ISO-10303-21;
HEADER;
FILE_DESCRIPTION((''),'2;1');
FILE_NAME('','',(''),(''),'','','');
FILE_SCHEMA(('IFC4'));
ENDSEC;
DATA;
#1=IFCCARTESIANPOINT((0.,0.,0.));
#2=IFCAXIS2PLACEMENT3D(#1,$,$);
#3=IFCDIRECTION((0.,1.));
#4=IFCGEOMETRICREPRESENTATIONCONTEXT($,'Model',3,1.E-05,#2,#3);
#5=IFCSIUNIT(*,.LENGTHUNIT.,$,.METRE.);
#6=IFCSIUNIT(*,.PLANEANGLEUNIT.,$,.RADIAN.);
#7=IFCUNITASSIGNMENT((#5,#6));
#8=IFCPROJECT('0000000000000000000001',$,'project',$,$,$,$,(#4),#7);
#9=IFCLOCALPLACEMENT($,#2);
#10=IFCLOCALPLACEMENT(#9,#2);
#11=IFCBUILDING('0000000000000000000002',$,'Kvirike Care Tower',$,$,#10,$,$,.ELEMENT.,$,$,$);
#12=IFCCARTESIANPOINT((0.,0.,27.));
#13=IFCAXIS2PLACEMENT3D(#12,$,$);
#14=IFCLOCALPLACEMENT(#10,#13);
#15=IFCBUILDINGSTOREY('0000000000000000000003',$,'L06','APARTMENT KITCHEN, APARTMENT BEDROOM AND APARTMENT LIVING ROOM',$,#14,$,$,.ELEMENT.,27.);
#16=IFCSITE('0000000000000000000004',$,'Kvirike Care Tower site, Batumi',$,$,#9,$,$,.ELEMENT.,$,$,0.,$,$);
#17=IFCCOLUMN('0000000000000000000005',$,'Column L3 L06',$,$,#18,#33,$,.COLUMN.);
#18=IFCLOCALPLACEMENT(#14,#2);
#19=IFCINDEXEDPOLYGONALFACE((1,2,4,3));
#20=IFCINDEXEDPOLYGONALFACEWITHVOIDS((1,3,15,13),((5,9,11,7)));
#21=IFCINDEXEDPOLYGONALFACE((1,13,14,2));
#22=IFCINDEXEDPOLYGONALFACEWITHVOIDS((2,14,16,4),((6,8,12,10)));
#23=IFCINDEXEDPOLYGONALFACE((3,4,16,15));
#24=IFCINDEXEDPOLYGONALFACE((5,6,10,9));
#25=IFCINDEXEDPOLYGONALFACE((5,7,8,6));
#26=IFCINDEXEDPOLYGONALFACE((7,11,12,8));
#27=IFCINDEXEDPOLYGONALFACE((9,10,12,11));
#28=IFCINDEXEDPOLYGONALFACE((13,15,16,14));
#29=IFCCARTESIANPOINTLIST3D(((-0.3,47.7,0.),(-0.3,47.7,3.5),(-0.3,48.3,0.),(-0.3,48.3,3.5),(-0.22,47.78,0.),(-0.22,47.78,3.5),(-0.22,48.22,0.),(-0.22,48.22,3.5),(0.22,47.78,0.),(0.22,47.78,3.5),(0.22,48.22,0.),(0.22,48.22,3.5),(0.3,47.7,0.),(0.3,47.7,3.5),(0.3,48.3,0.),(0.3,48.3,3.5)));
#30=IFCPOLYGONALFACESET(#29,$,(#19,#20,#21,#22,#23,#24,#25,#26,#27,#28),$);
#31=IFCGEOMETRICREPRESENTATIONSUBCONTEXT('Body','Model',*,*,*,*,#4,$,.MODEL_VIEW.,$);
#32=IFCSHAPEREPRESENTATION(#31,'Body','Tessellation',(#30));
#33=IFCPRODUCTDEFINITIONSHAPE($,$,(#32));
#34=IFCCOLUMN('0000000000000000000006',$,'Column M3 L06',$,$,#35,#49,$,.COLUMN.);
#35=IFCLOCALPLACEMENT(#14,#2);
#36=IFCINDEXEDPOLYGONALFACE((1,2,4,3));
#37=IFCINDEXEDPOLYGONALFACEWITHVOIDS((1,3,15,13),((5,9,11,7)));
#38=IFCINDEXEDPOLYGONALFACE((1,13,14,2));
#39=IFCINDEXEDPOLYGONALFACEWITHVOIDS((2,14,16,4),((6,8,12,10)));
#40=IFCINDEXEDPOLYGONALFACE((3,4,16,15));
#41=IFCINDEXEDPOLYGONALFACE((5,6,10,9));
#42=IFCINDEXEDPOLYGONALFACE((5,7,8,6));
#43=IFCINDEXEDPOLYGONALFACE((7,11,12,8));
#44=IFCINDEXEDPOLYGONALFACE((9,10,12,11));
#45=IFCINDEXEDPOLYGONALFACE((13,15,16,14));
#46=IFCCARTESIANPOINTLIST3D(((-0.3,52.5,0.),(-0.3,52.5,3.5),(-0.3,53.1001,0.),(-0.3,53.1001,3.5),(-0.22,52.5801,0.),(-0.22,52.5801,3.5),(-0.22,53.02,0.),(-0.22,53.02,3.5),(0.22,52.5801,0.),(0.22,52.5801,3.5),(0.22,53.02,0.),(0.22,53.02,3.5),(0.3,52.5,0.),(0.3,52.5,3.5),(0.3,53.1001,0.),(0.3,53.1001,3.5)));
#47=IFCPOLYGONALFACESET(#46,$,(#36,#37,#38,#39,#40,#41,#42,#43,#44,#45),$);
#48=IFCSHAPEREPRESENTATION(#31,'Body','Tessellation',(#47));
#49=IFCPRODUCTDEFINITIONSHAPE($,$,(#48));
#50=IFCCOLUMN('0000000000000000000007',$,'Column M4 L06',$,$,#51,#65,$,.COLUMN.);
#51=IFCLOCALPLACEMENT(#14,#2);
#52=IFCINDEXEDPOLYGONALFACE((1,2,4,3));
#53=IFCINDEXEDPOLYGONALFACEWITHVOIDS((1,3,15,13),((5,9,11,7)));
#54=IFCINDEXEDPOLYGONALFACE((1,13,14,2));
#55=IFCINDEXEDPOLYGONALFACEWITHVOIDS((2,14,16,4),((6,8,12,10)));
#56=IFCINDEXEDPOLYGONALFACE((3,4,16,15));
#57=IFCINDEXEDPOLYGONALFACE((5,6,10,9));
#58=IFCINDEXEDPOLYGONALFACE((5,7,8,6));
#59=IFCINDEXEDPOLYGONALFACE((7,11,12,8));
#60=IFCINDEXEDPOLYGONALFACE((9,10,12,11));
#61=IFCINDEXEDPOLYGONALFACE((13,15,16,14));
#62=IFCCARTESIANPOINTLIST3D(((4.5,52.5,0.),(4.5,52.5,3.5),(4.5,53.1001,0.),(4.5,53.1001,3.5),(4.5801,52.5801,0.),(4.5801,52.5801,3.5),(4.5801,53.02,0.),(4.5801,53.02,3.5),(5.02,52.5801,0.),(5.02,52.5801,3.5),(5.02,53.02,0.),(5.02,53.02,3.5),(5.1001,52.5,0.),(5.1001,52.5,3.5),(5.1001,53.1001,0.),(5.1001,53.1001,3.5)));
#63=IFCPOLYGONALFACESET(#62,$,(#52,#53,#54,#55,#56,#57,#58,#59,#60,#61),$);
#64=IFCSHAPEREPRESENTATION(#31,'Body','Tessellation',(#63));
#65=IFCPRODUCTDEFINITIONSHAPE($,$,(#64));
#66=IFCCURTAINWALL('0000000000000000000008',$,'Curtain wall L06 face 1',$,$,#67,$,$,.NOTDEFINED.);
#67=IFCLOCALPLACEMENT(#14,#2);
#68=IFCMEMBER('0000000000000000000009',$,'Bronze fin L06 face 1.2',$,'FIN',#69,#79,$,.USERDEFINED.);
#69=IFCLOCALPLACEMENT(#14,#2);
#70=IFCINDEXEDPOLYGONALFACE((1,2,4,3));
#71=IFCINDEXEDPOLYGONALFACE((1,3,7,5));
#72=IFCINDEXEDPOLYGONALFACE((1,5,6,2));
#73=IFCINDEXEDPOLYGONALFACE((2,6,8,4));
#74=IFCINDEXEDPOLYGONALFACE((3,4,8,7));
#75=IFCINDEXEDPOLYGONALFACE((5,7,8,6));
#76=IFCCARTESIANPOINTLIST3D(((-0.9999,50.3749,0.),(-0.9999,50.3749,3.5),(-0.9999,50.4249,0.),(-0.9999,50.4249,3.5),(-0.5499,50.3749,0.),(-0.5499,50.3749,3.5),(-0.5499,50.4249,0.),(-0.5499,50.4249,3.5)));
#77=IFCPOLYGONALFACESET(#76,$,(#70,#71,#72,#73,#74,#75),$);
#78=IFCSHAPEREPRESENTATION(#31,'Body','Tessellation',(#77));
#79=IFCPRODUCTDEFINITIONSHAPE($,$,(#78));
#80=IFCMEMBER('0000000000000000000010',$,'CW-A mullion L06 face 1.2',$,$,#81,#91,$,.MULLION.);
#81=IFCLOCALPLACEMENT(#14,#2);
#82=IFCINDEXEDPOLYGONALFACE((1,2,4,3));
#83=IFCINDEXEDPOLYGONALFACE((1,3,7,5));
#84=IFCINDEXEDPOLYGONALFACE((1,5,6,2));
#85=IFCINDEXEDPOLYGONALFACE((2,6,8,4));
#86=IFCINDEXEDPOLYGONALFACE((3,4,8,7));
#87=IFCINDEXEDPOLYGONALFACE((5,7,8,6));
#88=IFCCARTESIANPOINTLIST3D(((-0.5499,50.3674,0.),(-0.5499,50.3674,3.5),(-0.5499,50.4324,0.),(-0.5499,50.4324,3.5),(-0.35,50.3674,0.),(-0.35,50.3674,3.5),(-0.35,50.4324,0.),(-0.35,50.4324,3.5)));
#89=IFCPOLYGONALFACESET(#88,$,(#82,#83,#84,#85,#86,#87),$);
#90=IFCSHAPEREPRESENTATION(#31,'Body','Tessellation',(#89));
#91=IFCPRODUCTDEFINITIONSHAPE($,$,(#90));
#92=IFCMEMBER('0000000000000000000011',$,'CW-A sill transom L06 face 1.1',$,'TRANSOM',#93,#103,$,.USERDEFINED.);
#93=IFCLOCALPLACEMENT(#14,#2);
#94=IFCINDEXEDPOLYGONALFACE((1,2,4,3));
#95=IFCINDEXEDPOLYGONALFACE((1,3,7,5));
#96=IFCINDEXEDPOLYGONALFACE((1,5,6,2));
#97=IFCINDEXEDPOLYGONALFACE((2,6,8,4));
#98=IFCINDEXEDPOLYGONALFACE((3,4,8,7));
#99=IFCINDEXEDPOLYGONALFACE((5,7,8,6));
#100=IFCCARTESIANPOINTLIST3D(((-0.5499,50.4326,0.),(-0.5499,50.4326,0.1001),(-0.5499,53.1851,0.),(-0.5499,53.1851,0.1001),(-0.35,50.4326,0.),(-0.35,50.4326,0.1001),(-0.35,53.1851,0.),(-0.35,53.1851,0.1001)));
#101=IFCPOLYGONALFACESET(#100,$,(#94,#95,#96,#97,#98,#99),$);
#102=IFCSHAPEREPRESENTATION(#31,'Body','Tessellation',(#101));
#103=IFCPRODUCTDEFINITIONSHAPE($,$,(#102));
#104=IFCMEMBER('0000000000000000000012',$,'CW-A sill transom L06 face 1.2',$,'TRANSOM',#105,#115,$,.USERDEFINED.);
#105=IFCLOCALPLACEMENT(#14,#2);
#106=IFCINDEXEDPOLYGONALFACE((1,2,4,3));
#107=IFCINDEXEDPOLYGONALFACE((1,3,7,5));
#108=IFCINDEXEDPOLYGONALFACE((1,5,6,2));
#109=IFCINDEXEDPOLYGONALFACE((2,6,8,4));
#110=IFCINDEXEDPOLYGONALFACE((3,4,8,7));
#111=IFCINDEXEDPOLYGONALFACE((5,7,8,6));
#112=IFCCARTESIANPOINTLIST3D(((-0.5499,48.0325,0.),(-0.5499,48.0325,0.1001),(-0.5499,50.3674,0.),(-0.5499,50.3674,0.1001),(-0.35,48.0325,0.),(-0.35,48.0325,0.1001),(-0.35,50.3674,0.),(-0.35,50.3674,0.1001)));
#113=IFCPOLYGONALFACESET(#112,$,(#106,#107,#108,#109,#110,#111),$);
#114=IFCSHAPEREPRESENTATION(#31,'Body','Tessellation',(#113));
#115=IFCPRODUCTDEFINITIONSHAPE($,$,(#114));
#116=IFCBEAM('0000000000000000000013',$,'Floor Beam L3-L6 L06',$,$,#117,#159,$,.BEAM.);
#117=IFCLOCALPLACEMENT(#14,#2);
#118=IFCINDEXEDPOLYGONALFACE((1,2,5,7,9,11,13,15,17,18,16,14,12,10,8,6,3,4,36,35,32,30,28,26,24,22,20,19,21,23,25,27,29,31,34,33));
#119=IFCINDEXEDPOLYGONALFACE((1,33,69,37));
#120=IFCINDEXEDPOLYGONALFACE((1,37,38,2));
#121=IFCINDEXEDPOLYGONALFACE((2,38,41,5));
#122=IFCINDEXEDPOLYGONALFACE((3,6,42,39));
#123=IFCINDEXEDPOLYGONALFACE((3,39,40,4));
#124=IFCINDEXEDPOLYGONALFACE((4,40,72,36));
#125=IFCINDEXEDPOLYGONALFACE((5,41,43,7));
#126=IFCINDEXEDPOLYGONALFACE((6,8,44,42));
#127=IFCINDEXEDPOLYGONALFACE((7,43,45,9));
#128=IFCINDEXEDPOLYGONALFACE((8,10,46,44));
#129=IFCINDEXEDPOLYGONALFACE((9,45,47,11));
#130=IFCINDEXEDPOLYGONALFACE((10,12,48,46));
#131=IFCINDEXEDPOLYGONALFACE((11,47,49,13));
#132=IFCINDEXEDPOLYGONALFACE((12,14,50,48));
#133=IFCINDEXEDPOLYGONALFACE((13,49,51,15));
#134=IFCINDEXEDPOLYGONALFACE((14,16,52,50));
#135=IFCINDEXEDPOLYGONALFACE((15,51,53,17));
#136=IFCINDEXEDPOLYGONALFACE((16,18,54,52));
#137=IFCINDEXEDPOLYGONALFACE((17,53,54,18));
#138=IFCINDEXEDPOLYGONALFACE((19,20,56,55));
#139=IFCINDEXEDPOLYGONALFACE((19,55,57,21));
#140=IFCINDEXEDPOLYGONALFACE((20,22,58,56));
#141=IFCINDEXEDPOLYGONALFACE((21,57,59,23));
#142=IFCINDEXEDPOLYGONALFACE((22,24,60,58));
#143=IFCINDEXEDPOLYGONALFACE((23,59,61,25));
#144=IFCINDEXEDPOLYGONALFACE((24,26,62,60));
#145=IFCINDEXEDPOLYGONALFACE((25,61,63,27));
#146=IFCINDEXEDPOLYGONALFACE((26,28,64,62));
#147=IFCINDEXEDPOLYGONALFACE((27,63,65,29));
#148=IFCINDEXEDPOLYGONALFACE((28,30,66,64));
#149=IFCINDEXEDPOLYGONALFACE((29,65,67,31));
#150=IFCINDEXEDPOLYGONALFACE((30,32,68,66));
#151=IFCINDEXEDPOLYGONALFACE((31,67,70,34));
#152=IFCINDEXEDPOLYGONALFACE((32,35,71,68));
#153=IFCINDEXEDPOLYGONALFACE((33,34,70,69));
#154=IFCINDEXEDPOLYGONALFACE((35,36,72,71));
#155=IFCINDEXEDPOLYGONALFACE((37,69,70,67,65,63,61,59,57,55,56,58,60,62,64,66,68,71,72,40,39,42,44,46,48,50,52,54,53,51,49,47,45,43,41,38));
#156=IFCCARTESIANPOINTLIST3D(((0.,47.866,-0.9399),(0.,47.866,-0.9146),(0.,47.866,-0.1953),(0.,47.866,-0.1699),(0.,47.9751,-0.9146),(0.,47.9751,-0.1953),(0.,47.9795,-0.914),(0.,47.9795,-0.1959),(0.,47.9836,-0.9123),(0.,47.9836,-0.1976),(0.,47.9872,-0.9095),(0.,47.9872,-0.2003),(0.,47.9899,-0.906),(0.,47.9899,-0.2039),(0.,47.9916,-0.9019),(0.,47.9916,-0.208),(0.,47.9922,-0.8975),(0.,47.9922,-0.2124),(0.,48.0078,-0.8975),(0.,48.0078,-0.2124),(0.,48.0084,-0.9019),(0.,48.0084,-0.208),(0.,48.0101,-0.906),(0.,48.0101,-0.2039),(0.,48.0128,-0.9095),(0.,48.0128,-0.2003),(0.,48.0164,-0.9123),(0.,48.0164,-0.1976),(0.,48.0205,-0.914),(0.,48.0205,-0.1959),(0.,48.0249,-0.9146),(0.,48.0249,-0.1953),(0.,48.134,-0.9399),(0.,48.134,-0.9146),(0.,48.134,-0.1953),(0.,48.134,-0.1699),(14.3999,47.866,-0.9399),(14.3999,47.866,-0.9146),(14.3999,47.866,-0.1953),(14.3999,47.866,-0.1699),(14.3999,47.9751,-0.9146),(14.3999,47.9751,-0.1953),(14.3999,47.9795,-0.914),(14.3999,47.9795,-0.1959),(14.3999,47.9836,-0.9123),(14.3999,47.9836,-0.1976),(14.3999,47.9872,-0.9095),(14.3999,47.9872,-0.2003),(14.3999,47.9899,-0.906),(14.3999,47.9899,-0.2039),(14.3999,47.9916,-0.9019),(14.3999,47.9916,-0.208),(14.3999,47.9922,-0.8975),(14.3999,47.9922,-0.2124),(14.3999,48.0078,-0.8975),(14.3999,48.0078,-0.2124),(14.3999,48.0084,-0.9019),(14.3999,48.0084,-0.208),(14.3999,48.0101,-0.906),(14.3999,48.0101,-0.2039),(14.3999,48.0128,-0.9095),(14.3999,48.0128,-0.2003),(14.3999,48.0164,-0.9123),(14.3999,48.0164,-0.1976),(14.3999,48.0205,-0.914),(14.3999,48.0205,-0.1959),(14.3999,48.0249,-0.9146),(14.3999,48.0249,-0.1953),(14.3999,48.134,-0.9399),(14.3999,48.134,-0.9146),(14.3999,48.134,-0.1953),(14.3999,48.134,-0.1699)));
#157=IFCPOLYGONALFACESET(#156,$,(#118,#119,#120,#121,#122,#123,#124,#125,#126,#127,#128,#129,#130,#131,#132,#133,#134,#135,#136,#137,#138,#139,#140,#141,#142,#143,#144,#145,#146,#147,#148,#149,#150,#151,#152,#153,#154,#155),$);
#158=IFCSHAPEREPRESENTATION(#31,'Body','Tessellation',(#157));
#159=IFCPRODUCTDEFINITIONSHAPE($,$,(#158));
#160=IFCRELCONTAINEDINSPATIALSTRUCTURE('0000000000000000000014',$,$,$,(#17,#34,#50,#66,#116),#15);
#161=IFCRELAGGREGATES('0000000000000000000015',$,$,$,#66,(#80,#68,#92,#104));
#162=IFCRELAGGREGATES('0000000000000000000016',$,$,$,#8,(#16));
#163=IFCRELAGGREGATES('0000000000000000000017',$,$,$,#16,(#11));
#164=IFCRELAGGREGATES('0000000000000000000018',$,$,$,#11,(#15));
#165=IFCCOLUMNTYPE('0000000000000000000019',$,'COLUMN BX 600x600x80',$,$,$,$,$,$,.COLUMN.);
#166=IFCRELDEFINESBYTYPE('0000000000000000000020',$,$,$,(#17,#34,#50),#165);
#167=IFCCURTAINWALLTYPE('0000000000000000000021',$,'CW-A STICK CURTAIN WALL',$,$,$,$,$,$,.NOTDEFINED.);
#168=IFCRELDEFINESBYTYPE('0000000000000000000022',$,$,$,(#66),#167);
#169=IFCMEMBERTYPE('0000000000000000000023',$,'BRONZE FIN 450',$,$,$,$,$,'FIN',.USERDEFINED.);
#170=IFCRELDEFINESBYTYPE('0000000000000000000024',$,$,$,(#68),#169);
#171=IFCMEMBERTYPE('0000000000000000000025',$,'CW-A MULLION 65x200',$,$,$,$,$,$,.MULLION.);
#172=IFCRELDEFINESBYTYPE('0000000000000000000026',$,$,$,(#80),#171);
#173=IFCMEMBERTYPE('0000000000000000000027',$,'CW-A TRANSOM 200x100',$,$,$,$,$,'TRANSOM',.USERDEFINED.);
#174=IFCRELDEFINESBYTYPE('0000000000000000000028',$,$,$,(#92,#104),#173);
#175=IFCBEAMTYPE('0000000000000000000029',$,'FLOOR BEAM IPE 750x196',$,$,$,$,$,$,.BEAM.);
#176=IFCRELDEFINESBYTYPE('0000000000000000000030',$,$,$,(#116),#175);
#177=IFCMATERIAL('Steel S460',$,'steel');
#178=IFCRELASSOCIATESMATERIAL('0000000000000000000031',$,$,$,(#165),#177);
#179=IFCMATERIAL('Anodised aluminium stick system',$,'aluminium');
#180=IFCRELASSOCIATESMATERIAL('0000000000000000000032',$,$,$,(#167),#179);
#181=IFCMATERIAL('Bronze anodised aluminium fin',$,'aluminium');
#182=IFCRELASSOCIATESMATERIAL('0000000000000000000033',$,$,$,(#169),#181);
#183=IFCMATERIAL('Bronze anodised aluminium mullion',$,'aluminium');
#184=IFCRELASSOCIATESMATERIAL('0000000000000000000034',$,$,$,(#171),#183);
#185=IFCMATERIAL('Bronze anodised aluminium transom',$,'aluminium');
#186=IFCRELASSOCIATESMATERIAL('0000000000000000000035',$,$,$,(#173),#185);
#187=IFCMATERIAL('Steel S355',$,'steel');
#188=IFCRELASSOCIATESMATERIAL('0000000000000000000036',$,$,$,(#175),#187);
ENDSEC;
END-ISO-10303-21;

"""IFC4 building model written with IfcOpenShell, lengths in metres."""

from ifc_helpers import new_model, si_unit, direction, frame, origin, origin_2d, place, context, subcontext, project, spatial, rectangle, hollow_rectangle, i_section, extrude, material, material_profile, profile_set, type_object, element, aggregate, save


model = new_model("IFC4")

# Units and contexts
model_context = context("Model", 3, precision=1e-05, world=origin(), true_north=direction((0.0, 1.0)))
body_context = subcontext(model_context, "Body", "Model", "MODEL_VIEW")
ifc_project = project(units=[si_unit("LENGTHUNIT", "METRE"), si_unit("PLANEANGLEUNIT", "RADIAN")], contexts=[model_context])

# Site, building, storey
site_placement = place(None, origin())
site = spatial("IfcSite", under=ifc_project, at=site_placement, Name="Kvirike Care Tower site, Batumi", CompositionType="ELEMENT", RefElevation=0.0)
building_placement = place(site_placement, origin())
building = spatial("IfcBuilding", under=site, at=building_placement, Name="Kvirike Care Tower", CompositionType="ELEMENT")
storey_placement = place(building_placement, frame((0.0, 0.0, 27.0)))
storey = spatial("IfcBuildingStorey", under=building, at=storey_placement, Name="L06", Description="APARTMENT KITCHEN, APARTMENT BEDROOM AND APARTMENT LIVING ROOM", CompositionType="ELEMENT", Elevation=27.0)

# Columns
ifc_material_1 = material(Name="Steel S460", Category="steel")
ifc_material_profile_1 = material_profile(ifc_material_1, hollow_rectangle(XDim=0.6001, YDim=0.6001, WallThickness=0.0801, at=origin_2d()), Name="BX 600x600x80")
ifc_profile_set_1 = profile_set([ifc_material_profile_1], Name="Steel S460")
column_type = type_object("IfcColumnType", Name="COLUMN BX 600x600x80", PredefinedType="COLUMN", material=ifc_profile_set_1)
for number, where, z_axis, x_axis, name in (
    (1, (0.0, 48.0, 0.0), (0.0, 0.0, 1.0), (1.0, 0.0, 0.0), "Column L3 L06"),
    (2, (0.0, 52.8, 0.0), (0.0, 0.0, 1.0), (0.0, 1.0, 0.0), "Column M3 L06"),
    (3, (4.8, 52.8, 0.0), (0.0, 0.0, 1.0), (0.0, 1.0, 0.0), "Column M4 L06"),
):
    element("IfcColumn", number, at=place(storey_placement, frame(where, z_axis=z_axis, x_axis=x_axis)), inside=storey, type_object=column_type, Name=name, PredefinedType="COLUMN", context=body_context, shape_type="SweptSolid", body=[
        extrude(hollow_rectangle(XDim=0.6001, YDim=0.6001, WallThickness=0.0801, at=origin_2d()), origin(), (0.0, 0.0, 1.0), 3.5),
    ])

# Curtain wall, members
ifc_material_2 = material(Name="Anodised aluminium stick system", Category="aluminium")
curtain_wall_type = type_object("IfcCurtainWallType", Name="CW-A STICK CURTAIN WALL", PredefinedType="NOTDEFINED", material=ifc_material_2)
curtain_wall_placement = place(storey_placement, origin())
curtain_wall = element("IfcCurtainWall", 4, at=curtain_wall_placement, inside=storey, type_object=curtain_wall_type, Name="Curtain wall L06 face 1", PredefinedType="NOTDEFINED")
ifc_material_3 = material(Name="Bronze anodised aluminium fin", Category="aluminium")
ifc_material_profile_2 = material_profile(ifc_material_3, rectangle(XDim=0.05, YDim=0.45, at=origin_2d()), Name="BRONZE FIN 450")
ifc_profile_set_2 = profile_set([ifc_material_profile_2], Name="Bronze anodised aluminium fin")
member_type_1 = type_object("IfcMemberType", Name="BRONZE FIN 450", ElementType="FIN", PredefinedType="USERDEFINED", material=ifc_profile_set_2)
member_1_placement = place(storey_placement, frame((-0.7749, 50.3999, 0.0), z_axis=(0.0, 0.0, 1.0), x_axis=(0.0, -1.0, 0.0)))
member_1 = element("IfcMember", 5, at=member_1_placement, type_object=member_type_1, Name="Bronze fin L06 face 1.2", ObjectType="FIN", PredefinedType="USERDEFINED", context=body_context, shape_type="SweptSolid", body=[
    extrude(rectangle(XDim=0.05, YDim=0.45, at=origin_2d()), origin(), (0.0, 0.0, 1.0), 3.5),
])
ifc_material_4 = material(Name="Bronze anodised aluminium mullion", Category="aluminium")
ifc_material_profile_3 = material_profile(ifc_material_4, rectangle(XDim=0.0649, YDim=0.2, at=origin_2d()), Name="CW-A MULLION 65x200")
ifc_profile_set_3 = profile_set([ifc_material_profile_3], Name="Bronze anodised aluminium mullion")
member_type_2 = type_object("IfcMemberType", Name="CW-A MULLION 65x200", PredefinedType="MULLION", material=ifc_profile_set_3)
member_2_placement = place(storey_placement, frame((-0.45, 50.3999, 0.0), z_axis=(0.0, 0.0, 1.0), x_axis=(0.0, -1.0, 0.0)))
member_2 = element("IfcMember", 6, at=member_2_placement, type_object=member_type_2, Name="CW-A mullion L06 face 1.2", PredefinedType="MULLION", context=body_context, shape_type="SweptSolid", body=[
    extrude(rectangle(XDim=0.0649, YDim=0.2, at=origin_2d()), origin(), (0.0, 0.0, 1.0), 3.5),
])
ifc_material_5 = material(Name="Bronze anodised aluminium transom", Category="aluminium")
ifc_material_profile_4 = material_profile(ifc_material_5, rectangle(XDim=0.2, YDim=0.1001, at=origin_2d()), Name="CW-A TRANSOM 200x100")
ifc_profile_set_4 = profile_set([ifc_material_profile_4], Name="Bronze anodised aluminium transom")
member_type_3 = type_object("IfcMemberType", Name="CW-A TRANSOM 200x100", ElementType="TRANSOM", PredefinedType="USERDEFINED", material=ifc_profile_set_4)
member_3_placement = place(storey_placement, frame((-0.45, 53.1851, 0.05), z_axis=(0.0, -1.0, 0.0), x_axis=(1.0, 0.0, 0.0)))
member_3 = element("IfcMember", 7, at=member_3_placement, type_object=member_type_3, Name="CW-A sill transom L06 face 1.1", ObjectType="TRANSOM", PredefinedType="USERDEFINED", context=body_context, shape_type="SweptSolid", body=[
    extrude(rectangle(XDim=0.2, YDim=0.1001, at=origin_2d()), origin(), (0.0, 0.0, 1.0), 2.7524),
])
member_4_placement = place(storey_placement, frame((-0.45, 50.3674, 0.05), z_axis=(0.0, -1.0, 0.0), x_axis=(1.0, 0.0, 0.0)))
member_4 = element("IfcMember", 8, at=member_4_placement, type_object=member_type_3, Name="CW-A sill transom L06 face 1.2", ObjectType="TRANSOM", PredefinedType="USERDEFINED", context=body_context, shape_type="SweptSolid", body=[
    extrude(rectangle(XDim=0.2, YDim=0.1001, at=origin_2d()), origin(), (0.0, 0.0, 1.0), 2.335),
])

# Beam
ifc_material_6 = material(Name="Steel S355", Category="steel")
ifc_material_profile_5 = material_profile(ifc_material_6, i_section(OverallWidth=0.2681, OverallDepth=0.77, WebThickness=0.0156, FlangeThickness=0.0254, FilletRadius=0.0171, at=origin_2d()), Name="IPE 750x196")
ifc_profile_set_5 = profile_set([ifc_material_profile_5], Name="Steel S355")
beam_type_1 = type_object("IfcBeamType", Name="FLOOR BEAM IPE 750x196", PredefinedType="BEAM", material=ifc_profile_set_5)
beam_1_placement = place(storey_placement, frame((0.0, 48.0, -0.5549), z_axis=(1.0, 0.0, 0.0), x_axis=(0.0, 1.0, 0.0)))
element("IfcBeam", 9, at=beam_1_placement, inside=storey, type_object=beam_type_1, Name="Floor Beam L3-L6 L06", PredefinedType="BEAM", context=body_context, shape_type="SweptSolid", body=[
    extrude(i_section(OverallWidth=0.2681, OverallDepth=0.77, WebThickness=0.0156, FlangeThickness=0.0254, FilletRadius=0.0171, at=origin_2d()), origin(), (0.0, 0.0, 1.0), 14.3999),
])

aggregate(curtain_wall, [member_2, member_1, member_3, member_4])

save(model, "model.ifc")
